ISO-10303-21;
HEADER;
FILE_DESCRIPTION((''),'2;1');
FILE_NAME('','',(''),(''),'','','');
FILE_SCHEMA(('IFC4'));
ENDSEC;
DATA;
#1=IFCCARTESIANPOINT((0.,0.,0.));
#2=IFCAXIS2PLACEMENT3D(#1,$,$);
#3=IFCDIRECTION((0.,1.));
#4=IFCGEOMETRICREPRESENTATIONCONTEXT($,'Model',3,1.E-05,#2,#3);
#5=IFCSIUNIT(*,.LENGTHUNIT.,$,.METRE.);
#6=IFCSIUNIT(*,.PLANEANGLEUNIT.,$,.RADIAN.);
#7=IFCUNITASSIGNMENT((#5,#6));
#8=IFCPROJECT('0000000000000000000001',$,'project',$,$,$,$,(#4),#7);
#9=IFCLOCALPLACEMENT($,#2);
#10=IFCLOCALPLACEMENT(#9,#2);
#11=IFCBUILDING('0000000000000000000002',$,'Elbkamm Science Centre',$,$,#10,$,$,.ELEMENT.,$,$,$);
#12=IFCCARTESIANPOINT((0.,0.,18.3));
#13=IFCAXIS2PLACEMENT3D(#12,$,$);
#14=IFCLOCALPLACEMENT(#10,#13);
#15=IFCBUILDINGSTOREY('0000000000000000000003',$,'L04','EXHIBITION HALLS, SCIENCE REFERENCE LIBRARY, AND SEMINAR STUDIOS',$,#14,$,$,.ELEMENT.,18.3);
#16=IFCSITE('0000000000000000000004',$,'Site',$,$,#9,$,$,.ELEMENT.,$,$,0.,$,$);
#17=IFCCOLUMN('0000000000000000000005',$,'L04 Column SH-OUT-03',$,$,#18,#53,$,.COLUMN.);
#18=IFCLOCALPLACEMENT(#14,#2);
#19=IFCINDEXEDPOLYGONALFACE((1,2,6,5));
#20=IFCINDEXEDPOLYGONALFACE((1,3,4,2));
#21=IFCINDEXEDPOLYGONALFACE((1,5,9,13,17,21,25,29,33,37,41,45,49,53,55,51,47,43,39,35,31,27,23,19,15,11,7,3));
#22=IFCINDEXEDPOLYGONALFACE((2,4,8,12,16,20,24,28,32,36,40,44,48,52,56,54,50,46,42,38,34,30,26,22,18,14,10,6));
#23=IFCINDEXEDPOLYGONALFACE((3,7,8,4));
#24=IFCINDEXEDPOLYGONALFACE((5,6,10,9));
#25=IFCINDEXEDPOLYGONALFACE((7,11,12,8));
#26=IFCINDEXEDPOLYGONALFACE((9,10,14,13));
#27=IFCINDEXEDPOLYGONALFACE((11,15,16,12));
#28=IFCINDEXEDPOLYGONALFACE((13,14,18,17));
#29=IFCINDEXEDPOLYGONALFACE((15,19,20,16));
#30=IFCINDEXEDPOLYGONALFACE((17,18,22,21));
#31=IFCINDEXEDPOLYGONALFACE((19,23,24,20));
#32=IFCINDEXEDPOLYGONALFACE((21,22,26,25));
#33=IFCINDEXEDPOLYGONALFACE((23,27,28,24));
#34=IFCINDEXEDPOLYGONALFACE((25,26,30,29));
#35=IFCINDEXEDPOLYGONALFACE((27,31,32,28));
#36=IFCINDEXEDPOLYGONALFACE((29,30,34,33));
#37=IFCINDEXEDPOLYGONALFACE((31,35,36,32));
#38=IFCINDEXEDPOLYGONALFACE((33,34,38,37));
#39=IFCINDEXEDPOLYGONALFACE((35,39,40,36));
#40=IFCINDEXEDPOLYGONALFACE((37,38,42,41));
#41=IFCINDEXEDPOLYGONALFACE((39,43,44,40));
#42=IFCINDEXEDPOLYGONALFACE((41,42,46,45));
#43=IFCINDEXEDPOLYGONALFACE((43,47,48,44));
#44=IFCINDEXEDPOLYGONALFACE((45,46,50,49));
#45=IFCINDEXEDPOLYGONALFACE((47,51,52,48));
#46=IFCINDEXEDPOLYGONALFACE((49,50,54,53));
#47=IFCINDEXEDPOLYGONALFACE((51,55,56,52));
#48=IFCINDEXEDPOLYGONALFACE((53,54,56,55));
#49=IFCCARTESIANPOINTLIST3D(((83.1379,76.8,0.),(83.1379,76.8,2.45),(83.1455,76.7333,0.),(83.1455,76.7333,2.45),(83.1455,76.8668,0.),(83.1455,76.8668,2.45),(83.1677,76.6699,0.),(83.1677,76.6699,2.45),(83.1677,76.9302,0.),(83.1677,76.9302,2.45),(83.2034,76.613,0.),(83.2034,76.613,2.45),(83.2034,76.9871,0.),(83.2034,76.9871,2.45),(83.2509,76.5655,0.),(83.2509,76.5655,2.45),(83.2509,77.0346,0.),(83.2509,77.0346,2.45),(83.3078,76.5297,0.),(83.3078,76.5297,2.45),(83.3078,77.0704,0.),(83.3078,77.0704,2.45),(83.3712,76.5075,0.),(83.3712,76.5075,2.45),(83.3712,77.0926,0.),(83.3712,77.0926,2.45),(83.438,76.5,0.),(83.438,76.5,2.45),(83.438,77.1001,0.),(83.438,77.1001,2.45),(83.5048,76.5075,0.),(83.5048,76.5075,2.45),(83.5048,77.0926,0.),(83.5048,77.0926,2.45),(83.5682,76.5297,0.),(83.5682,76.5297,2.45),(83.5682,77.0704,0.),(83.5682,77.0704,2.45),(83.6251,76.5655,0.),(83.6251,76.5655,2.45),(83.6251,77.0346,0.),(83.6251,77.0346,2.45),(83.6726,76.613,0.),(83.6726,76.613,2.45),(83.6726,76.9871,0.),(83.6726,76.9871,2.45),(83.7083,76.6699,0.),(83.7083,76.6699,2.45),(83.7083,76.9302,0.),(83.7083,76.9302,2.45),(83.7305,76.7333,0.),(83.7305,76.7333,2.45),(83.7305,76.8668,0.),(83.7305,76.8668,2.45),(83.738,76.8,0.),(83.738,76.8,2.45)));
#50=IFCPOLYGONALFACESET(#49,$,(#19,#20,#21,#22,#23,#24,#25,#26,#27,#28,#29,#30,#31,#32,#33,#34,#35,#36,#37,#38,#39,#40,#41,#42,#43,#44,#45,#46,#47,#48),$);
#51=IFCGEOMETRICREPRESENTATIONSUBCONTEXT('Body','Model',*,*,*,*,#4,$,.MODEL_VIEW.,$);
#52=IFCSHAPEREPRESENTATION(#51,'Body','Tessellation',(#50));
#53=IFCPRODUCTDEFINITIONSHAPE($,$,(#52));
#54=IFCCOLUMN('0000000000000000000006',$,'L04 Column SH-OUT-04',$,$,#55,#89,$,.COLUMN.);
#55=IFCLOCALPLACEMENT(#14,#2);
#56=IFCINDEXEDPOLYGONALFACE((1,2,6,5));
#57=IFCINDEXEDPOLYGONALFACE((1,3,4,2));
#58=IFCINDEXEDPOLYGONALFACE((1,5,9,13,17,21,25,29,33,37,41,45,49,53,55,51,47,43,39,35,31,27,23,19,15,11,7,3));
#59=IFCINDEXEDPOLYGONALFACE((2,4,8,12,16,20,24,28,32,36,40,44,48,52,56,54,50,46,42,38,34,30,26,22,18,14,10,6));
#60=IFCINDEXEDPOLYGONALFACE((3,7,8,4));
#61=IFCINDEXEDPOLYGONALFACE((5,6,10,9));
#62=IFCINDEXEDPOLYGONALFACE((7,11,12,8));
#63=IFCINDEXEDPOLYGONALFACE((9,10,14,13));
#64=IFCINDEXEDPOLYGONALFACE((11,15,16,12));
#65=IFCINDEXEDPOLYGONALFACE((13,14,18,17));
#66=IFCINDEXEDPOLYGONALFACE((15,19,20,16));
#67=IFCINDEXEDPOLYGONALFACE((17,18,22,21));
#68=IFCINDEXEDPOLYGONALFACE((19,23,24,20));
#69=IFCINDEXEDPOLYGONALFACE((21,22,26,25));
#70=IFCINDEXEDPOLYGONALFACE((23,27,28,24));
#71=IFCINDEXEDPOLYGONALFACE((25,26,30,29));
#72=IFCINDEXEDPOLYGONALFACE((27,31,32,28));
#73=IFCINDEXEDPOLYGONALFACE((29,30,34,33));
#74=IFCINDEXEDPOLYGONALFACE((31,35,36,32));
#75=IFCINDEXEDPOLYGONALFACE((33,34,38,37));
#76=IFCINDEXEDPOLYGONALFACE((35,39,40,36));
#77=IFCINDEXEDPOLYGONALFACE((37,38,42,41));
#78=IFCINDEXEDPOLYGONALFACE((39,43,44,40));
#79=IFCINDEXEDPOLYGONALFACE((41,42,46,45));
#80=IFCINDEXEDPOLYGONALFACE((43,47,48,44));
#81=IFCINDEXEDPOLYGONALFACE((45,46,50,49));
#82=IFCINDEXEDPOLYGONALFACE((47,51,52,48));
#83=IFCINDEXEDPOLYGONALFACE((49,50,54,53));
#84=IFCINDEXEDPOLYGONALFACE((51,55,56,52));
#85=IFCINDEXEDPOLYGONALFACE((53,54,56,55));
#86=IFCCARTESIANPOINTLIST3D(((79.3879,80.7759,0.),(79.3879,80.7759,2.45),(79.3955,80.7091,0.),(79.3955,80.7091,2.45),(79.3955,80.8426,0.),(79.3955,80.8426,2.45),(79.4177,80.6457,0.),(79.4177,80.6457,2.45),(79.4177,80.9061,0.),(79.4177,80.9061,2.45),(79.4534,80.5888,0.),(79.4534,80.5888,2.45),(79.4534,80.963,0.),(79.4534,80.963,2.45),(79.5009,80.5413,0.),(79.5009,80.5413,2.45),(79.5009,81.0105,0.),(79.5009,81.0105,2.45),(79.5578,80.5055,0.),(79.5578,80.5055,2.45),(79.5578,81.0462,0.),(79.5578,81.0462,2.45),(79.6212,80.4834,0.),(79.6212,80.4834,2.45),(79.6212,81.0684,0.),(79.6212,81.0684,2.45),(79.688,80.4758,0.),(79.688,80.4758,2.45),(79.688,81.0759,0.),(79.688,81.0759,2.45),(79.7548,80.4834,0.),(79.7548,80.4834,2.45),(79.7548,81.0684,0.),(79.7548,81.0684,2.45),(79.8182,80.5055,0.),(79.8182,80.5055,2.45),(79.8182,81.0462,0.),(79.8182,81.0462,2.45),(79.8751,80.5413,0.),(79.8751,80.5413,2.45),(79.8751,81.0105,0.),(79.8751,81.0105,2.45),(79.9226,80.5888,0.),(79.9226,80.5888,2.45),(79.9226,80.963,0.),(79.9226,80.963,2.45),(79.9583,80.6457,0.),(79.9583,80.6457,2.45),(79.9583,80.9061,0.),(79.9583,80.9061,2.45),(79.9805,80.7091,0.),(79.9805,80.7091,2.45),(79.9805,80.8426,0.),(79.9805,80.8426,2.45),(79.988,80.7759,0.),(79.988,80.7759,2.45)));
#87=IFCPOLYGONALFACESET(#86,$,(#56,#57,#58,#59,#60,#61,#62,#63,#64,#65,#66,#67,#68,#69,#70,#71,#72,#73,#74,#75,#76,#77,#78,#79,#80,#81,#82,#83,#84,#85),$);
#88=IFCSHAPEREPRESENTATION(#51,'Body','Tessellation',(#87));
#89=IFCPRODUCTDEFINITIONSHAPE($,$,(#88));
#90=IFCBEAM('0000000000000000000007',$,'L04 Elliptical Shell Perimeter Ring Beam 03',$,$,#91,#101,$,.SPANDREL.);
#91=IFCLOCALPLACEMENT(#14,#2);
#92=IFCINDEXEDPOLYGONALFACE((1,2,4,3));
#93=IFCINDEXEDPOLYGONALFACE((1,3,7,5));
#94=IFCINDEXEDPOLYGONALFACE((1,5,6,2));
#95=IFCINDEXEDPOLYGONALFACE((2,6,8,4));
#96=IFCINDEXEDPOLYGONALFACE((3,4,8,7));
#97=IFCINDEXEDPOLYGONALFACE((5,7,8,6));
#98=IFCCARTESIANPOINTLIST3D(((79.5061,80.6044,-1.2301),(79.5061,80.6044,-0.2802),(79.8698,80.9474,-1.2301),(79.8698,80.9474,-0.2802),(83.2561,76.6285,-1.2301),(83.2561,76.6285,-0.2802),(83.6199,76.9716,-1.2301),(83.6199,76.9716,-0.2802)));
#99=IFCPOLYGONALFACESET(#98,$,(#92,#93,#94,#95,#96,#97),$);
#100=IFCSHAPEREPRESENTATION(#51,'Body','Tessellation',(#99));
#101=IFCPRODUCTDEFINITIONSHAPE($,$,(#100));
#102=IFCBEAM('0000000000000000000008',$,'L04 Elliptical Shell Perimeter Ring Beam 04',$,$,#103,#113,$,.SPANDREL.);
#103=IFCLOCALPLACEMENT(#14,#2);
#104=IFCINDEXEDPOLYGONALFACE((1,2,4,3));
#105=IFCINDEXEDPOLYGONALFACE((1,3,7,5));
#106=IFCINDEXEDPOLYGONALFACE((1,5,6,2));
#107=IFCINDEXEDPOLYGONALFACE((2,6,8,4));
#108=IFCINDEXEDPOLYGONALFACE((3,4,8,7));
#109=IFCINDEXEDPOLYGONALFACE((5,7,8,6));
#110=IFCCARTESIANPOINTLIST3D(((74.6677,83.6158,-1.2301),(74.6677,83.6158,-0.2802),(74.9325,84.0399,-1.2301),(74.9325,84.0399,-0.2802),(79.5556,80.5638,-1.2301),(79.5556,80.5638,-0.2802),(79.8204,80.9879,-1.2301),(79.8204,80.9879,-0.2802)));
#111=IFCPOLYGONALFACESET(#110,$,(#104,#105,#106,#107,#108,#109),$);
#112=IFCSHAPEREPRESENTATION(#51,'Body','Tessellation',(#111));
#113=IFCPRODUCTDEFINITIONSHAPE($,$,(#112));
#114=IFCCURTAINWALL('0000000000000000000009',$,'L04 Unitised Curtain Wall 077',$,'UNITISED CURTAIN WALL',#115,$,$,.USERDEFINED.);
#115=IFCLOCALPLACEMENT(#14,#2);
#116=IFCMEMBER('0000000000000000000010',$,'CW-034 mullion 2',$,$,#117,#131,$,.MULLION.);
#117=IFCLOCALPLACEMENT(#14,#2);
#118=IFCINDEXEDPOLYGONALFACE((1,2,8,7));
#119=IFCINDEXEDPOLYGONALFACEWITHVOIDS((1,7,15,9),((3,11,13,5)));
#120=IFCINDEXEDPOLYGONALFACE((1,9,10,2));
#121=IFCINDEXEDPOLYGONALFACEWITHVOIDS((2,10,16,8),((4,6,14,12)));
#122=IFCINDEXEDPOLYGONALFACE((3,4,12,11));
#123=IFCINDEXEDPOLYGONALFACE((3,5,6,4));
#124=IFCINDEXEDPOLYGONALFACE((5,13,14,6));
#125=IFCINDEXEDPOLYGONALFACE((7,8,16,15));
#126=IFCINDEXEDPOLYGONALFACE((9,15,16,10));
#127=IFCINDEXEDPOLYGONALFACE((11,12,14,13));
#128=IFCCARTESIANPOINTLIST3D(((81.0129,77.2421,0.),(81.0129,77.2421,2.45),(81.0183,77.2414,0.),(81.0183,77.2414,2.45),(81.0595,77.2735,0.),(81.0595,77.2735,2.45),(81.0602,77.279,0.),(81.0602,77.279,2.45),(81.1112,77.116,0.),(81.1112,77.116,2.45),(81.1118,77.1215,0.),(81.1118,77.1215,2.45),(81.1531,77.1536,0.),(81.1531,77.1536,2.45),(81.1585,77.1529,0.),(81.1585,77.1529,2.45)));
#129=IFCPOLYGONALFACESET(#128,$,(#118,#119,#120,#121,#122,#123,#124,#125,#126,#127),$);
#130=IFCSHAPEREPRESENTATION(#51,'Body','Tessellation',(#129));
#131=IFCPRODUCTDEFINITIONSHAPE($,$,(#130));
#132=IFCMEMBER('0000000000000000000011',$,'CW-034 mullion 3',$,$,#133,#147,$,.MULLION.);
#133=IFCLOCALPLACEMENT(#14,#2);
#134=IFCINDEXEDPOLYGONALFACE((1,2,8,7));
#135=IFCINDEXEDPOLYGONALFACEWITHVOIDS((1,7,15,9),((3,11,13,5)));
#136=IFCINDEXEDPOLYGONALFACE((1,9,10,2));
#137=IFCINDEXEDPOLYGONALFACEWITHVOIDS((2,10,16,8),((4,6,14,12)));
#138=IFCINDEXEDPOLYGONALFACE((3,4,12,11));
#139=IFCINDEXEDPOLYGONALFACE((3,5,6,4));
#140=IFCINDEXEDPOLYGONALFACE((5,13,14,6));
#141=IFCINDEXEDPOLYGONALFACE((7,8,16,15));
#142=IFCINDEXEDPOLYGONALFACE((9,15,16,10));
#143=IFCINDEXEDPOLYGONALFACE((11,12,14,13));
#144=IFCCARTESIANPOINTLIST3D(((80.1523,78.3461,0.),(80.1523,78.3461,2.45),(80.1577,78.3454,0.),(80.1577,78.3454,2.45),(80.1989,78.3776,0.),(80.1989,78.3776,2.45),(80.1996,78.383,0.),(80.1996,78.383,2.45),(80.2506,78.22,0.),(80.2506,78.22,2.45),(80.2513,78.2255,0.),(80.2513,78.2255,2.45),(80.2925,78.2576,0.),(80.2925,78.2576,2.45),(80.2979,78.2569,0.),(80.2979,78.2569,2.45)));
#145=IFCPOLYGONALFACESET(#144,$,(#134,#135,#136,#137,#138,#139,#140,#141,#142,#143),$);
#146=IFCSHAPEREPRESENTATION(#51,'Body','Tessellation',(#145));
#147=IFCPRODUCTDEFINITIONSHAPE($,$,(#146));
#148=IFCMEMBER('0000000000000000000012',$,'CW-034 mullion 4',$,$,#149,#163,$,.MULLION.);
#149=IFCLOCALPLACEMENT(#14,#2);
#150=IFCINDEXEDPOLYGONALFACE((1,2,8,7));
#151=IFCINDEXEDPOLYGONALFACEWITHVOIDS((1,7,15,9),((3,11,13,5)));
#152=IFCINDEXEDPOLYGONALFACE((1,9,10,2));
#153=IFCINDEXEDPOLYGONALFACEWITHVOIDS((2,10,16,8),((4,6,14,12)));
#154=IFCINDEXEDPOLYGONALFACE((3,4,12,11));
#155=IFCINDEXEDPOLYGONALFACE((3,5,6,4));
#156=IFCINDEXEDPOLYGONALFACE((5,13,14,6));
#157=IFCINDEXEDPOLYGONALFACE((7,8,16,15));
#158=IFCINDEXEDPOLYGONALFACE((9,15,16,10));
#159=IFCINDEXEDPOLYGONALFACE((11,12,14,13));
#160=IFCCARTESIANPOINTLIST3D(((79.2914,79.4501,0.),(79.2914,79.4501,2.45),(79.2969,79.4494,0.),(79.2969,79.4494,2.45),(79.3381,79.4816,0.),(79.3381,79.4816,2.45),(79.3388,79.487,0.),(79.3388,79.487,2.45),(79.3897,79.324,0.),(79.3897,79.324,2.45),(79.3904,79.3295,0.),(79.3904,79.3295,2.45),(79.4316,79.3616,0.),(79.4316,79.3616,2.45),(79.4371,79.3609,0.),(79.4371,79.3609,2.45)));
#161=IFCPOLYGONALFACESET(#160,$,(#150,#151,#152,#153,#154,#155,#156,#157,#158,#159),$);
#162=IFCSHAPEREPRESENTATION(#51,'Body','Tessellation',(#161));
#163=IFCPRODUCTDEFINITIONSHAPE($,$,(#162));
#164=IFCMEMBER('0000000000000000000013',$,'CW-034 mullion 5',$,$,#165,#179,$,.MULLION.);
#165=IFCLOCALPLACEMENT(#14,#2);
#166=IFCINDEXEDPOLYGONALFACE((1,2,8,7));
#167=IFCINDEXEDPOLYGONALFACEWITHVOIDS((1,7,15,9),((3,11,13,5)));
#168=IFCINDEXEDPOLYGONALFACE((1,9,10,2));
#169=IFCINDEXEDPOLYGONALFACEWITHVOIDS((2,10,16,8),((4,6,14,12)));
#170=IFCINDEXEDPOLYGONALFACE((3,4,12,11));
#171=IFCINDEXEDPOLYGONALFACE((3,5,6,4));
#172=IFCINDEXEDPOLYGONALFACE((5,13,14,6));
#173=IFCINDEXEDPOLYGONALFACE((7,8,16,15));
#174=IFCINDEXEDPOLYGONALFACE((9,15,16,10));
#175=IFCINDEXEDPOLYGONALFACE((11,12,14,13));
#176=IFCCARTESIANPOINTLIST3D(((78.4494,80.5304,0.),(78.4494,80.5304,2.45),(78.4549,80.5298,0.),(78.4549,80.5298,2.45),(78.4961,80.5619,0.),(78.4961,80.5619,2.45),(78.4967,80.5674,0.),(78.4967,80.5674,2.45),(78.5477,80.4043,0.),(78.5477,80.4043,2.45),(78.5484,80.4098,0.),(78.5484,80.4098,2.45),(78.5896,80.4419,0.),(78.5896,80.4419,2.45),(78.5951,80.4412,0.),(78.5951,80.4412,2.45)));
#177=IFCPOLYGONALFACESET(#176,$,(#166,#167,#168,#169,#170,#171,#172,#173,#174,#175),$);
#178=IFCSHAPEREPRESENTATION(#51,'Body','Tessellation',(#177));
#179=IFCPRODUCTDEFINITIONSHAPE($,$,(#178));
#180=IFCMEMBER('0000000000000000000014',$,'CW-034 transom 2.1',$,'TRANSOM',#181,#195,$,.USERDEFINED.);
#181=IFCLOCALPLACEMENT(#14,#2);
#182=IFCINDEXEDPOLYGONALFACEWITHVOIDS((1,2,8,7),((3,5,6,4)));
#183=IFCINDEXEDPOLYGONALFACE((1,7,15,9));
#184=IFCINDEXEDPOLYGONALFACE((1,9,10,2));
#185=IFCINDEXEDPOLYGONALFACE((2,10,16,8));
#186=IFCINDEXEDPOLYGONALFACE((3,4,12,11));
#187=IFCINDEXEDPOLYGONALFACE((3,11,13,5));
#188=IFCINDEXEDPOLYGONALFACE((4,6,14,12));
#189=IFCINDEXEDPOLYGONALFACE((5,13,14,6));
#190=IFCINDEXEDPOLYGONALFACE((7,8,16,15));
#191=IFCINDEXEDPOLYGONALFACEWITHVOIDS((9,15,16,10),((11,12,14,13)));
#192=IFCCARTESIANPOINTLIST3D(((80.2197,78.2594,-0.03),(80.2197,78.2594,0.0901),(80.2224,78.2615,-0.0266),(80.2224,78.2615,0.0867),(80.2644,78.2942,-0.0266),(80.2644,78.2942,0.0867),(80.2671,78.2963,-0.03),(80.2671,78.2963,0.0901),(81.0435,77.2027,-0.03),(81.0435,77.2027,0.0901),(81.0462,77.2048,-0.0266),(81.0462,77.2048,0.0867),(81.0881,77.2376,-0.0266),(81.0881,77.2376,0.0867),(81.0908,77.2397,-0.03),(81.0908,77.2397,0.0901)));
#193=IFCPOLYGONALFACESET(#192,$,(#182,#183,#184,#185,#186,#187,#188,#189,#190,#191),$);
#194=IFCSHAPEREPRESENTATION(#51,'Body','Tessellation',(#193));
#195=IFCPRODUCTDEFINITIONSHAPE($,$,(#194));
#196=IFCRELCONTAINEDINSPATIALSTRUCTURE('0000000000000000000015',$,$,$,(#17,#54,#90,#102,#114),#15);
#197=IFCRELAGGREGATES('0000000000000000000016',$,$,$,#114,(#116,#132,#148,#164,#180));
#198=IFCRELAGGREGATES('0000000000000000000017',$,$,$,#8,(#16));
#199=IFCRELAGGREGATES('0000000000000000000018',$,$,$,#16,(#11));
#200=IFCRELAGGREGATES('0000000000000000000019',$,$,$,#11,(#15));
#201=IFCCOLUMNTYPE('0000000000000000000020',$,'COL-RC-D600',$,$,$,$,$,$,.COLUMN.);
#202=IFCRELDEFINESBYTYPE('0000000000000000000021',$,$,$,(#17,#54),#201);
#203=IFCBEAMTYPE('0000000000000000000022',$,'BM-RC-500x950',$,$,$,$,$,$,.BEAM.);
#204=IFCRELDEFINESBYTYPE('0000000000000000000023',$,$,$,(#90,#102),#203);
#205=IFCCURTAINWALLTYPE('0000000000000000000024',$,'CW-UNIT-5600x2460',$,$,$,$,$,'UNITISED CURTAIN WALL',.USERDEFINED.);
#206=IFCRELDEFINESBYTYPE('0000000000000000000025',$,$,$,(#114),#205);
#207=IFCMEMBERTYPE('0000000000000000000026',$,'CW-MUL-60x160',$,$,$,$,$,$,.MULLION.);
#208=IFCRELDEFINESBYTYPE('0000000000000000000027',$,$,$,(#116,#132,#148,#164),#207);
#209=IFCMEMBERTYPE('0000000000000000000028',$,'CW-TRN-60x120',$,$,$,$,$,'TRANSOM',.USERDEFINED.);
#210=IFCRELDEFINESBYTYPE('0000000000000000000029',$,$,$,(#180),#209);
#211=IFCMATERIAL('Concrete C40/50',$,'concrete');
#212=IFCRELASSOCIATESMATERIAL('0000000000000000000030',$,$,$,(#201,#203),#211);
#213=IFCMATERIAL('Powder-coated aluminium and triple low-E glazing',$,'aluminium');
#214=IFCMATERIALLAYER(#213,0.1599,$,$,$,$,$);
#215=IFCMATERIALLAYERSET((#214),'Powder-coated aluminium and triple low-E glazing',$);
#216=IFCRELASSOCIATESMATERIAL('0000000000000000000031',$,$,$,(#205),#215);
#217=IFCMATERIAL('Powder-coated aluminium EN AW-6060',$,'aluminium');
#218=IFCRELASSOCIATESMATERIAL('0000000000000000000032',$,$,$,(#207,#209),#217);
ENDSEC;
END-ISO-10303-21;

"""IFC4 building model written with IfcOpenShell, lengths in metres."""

from ifc_helpers import new_model, si_unit, direction, frame, origin, origin_2d, place, context, subcontext, project, spatial, rectangle, hollow_rectangle, circle, extrude, material, layer, layer_set, material_profile, profile_set, type_object, element, aggregate, save


model = new_model("IFC4")

# Units and contexts
model_context = context("Model", 3, precision=1e-05, world=origin(), true_north=direction((0.0, 1.0)))
body_context = subcontext(model_context, "Body", "Model", "MODEL_VIEW")
ifc_project = project(units=[si_unit("LENGTHUNIT", "METRE"), si_unit("PLANEANGLEUNIT", "RADIAN")], contexts=[model_context])

# Site, building, storey
site_placement = place(None, origin())
site = spatial("IfcSite", under=ifc_project, at=site_placement, Name="Site", CompositionType="ELEMENT", RefElevation=0.0)
building_placement = place(site_placement, origin())
building = spatial("IfcBuilding", under=site, at=building_placement, Name="Elbkamm Science Centre", CompositionType="ELEMENT")
storey_placement = place(building_placement, frame((0.0, 0.0, 18.3)))
storey = spatial("IfcBuildingStorey", under=building, at=storey_placement, Name="L04", Description="EXHIBITION HALLS, SCIENCE REFERENCE LIBRARY, AND SEMINAR STUDIOS", CompositionType="ELEMENT", Elevation=18.3)

# Columns
ifc_material_1 = material(Name="Concrete C40/50", Category="concrete")
ifc_material_profile_1 = material_profile(ifc_material_1, circle(Radius=0.3, at=origin_2d()), Name="RC D600")
ifc_profile_set_1 = profile_set([ifc_material_profile_1], Name="Concrete C40/50")
column_type = type_object("IfcColumnType", Name="COL-RC-D600", PredefinedType="COLUMN", material=ifc_profile_set_1)
for number, where, z_axis, x_axis, name in (
    (1, (83.438, 76.8, 0.0), (0.0, 0.0, 1.0), (1.0, 0.0, 0.0), "L04 Column SH-OUT-03"),
    (2, (79.688, 80.7759, 0.0), (0.0, 0.0, 1.0), (1.0, 0.0, 0.0), "L04 Column SH-OUT-04"),
):
    element("IfcColumn", number, at=place(storey_placement, frame(where, z_axis=z_axis, x_axis=x_axis)), inside=storey, type_object=column_type, Name=name, PredefinedType="COLUMN", context=body_context, shape_type="SweptSolid", body=[
        extrude(circle(Radius=0.3, at=origin_2d()), origin(), (0.0, 0.0, 1.0), 2.45),
    ])

# Beams
ifc_material_profile_2 = material_profile(ifc_material_1, rectangle(XDim=0.5, YDim=0.95, at=origin_2d()), Name="RC 500x950")
ifc_profile_set_2 = profile_set([ifc_material_profile_2], Name="Concrete C40/50")
beam_type = type_object("IfcBeamType", Name="BM-RC-500x950", PredefinedType="BEAM", material=ifc_profile_set_2)
beam_1_placement = place(storey_placement, frame((83.438, 76.8, -0.7551), z_axis=(-0.686145, 0.727465, 0.0), x_axis=(-0.727465, -0.686145, 0.0)))
element("IfcBeam", 3, at=beam_1_placement, inside=storey, type_object=beam_type, Name="L04 Elliptical Shell Perimeter Ring Beam 03", PredefinedType="SPANDREL", context=body_context, shape_type="SweptSolid", body=[
    extrude(rectangle(XDim=0.5, YDim=0.95, at=origin_2d()), origin(), (0.0, 0.0, 1.0), 5.4653),
])
beam_2_placement = place(storey_placement, frame((79.688, 80.7759, -0.7551), z_axis=(-0.848229, 0.529629, 0.0), x_axis=(-0.529629, -0.848229, 0.0)))
element("IfcBeam", 4, at=beam_2_placement, inside=storey, type_object=beam_type, Name="L04 Elliptical Shell Perimeter Ring Beam 04", PredefinedType="SPANDREL", context=body_context, shape_type="SweptSolid", body=[
    extrude(rectangle(XDim=0.5, YDim=0.95, at=origin_2d()), origin(), (0.0, 0.0, 1.0), 5.7625),
])

# Curtain wall, members
ifc_material_2 = material(Name="Powder-coated aluminium and triple low-E glazing", Category="aluminium")
ifc_layer_1 = layer(ifc_material_2, 0.1599)
ifc_layer_set_1 = layer_set([ifc_layer_1], Name="Powder-coated aluminium and triple low-E glazing")
curtain_wall_type = type_object("IfcCurtainWallType", Name="CW-UNIT-5600x2460", ElementType="UNITISED CURTAIN WALL", PredefinedType="USERDEFINED", material=ifc_layer_set_1)
curtain_wall_placement = place(storey_placement, origin())
curtain_wall = element("IfcCurtainWall", 5, at=curtain_wall_placement, inside=storey, type_object=curtain_wall_type, Name="L04 Unitised Curtain Wall 077", ObjectType="UNITISED CURTAIN WALL", PredefinedType="USERDEFINED")
ifc_material_3 = material(Name="Powder-coated aluminium EN AW-6060", Category="aluminium")
ifc_material_profile_3 = material_profile(ifc_material_3, hollow_rectangle(XDim=0.0601, YDim=0.1599, WallThickness=0.0039, at=origin_2d()), Name="ALU M60x160")
ifc_profile_set_3 = profile_set([ifc_material_profile_3], Name="Powder-coated aluminium EN AW-6060")
member_type_1 = type_object("IfcMemberType", Name="CW-MUL-60x160", PredefinedType="MULLION", material=ifc_profile_set_3)
member_1_placement = place(storey_placement, frame((81.0857, 77.1975, 0.0), z_axis=(0.0, 0.0, 1.0), x_axis=(-0.788679, -0.614806, 0.0)))
member_1 = element("IfcMember", 6, at=member_1_placement, type_object=member_type_1, Name="CW-034 mullion 2", PredefinedType="MULLION", context=body_context, shape_type="SweptSolid", body=[
    extrude(hollow_rectangle(XDim=0.0601, YDim=0.1599, WallThickness=0.0039, at=origin_2d()), origin(), (0.0, 0.0, 1.0), 2.45),
])
member_2_placement = place(storey_placement, frame((80.2251, 78.3015, 0.0), z_axis=(0.0, 0.0, 1.0), x_axis=(-0.788679, -0.614806, 0.0)))
member_2 = element("IfcMember", 7, at=member_2_placement, type_object=member_type_1, Name="CW-034 mullion 3", PredefinedType="MULLION", context=body_context, shape_type="SweptSolid", body=[
    extrude(hollow_rectangle(XDim=0.0601, YDim=0.1599, WallThickness=0.0039, at=origin_2d()), origin(), (0.0, 0.0, 1.0), 2.45),
])
member_3_placement = place(storey_placement, frame((79.3643, 79.4055, 0.0), z_axis=(0.0, 0.0, 1.0), x_axis=(-0.788679, -0.614806, 0.0)))
member_3 = element("IfcMember", 8, at=member_3_placement, type_object=member_type_1, Name="CW-034 mullion 4", PredefinedType="MULLION", context=body_context, shape_type="SweptSolid", body=[
    extrude(hollow_rectangle(XDim=0.0601, YDim=0.1599, WallThickness=0.0039, at=origin_2d()), origin(), (0.0, 0.0, 1.0), 2.45),
])
member_4_placement = place(storey_placement, frame((78.5222, 80.4858, 0.0), z_axis=(0.0, 0.0, 1.0), x_axis=(-0.788679, -0.614806, 0.0)))
member_4 = element("IfcMember", 9, at=member_4_placement, type_object=member_type_1, Name="CW-034 mullion 5", PredefinedType="MULLION", context=body_context, shape_type="SweptSolid", body=[
    extrude(hollow_rectangle(XDim=0.0601, YDim=0.1599, WallThickness=0.0039, at=origin_2d()), origin(), (0.0, 0.0, 1.0), 2.45),
])
ifc_material_profile_4 = material_profile(ifc_material_3, hollow_rectangle(XDim=0.0601, YDim=0.1201, WallThickness=0.0034, at=origin_2d()), Name="ALU T60x120")
ifc_profile_set_4 = profile_set([ifc_material_profile_4], Name="Powder-coated aluminium EN AW-6060")
member_type_2 = type_object("IfcMemberType", Name="CW-TRN-60x120", ElementType="TRANSOM", PredefinedType="USERDEFINED", material=ifc_profile_set_4)
member_5_placement = place(storey_placement, frame((81.0671, 77.2212, 0.03), z_axis=(-0.614823, 0.788665, 0.0), x_axis=(-0.788665, -0.614823, 0.0)))
member_5 = element("IfcMember", 10, at=member_5_placement, type_object=member_type_2, Name="CW-034 transom 2.1", ObjectType="TRANSOM", PredefinedType="USERDEFINED", context=body_context, shape_type="SweptSolid", body=[
    extrude(hollow_rectangle(XDim=0.0601, YDim=0.1201, WallThickness=0.0034, at=origin_2d()), origin(), (0.0, 0.0, 1.0), 1.3398),
])
aggregate(curtain_wall, [member_1, member_2, member_3, member_4, member_5])

save(model, "model.ifc")
